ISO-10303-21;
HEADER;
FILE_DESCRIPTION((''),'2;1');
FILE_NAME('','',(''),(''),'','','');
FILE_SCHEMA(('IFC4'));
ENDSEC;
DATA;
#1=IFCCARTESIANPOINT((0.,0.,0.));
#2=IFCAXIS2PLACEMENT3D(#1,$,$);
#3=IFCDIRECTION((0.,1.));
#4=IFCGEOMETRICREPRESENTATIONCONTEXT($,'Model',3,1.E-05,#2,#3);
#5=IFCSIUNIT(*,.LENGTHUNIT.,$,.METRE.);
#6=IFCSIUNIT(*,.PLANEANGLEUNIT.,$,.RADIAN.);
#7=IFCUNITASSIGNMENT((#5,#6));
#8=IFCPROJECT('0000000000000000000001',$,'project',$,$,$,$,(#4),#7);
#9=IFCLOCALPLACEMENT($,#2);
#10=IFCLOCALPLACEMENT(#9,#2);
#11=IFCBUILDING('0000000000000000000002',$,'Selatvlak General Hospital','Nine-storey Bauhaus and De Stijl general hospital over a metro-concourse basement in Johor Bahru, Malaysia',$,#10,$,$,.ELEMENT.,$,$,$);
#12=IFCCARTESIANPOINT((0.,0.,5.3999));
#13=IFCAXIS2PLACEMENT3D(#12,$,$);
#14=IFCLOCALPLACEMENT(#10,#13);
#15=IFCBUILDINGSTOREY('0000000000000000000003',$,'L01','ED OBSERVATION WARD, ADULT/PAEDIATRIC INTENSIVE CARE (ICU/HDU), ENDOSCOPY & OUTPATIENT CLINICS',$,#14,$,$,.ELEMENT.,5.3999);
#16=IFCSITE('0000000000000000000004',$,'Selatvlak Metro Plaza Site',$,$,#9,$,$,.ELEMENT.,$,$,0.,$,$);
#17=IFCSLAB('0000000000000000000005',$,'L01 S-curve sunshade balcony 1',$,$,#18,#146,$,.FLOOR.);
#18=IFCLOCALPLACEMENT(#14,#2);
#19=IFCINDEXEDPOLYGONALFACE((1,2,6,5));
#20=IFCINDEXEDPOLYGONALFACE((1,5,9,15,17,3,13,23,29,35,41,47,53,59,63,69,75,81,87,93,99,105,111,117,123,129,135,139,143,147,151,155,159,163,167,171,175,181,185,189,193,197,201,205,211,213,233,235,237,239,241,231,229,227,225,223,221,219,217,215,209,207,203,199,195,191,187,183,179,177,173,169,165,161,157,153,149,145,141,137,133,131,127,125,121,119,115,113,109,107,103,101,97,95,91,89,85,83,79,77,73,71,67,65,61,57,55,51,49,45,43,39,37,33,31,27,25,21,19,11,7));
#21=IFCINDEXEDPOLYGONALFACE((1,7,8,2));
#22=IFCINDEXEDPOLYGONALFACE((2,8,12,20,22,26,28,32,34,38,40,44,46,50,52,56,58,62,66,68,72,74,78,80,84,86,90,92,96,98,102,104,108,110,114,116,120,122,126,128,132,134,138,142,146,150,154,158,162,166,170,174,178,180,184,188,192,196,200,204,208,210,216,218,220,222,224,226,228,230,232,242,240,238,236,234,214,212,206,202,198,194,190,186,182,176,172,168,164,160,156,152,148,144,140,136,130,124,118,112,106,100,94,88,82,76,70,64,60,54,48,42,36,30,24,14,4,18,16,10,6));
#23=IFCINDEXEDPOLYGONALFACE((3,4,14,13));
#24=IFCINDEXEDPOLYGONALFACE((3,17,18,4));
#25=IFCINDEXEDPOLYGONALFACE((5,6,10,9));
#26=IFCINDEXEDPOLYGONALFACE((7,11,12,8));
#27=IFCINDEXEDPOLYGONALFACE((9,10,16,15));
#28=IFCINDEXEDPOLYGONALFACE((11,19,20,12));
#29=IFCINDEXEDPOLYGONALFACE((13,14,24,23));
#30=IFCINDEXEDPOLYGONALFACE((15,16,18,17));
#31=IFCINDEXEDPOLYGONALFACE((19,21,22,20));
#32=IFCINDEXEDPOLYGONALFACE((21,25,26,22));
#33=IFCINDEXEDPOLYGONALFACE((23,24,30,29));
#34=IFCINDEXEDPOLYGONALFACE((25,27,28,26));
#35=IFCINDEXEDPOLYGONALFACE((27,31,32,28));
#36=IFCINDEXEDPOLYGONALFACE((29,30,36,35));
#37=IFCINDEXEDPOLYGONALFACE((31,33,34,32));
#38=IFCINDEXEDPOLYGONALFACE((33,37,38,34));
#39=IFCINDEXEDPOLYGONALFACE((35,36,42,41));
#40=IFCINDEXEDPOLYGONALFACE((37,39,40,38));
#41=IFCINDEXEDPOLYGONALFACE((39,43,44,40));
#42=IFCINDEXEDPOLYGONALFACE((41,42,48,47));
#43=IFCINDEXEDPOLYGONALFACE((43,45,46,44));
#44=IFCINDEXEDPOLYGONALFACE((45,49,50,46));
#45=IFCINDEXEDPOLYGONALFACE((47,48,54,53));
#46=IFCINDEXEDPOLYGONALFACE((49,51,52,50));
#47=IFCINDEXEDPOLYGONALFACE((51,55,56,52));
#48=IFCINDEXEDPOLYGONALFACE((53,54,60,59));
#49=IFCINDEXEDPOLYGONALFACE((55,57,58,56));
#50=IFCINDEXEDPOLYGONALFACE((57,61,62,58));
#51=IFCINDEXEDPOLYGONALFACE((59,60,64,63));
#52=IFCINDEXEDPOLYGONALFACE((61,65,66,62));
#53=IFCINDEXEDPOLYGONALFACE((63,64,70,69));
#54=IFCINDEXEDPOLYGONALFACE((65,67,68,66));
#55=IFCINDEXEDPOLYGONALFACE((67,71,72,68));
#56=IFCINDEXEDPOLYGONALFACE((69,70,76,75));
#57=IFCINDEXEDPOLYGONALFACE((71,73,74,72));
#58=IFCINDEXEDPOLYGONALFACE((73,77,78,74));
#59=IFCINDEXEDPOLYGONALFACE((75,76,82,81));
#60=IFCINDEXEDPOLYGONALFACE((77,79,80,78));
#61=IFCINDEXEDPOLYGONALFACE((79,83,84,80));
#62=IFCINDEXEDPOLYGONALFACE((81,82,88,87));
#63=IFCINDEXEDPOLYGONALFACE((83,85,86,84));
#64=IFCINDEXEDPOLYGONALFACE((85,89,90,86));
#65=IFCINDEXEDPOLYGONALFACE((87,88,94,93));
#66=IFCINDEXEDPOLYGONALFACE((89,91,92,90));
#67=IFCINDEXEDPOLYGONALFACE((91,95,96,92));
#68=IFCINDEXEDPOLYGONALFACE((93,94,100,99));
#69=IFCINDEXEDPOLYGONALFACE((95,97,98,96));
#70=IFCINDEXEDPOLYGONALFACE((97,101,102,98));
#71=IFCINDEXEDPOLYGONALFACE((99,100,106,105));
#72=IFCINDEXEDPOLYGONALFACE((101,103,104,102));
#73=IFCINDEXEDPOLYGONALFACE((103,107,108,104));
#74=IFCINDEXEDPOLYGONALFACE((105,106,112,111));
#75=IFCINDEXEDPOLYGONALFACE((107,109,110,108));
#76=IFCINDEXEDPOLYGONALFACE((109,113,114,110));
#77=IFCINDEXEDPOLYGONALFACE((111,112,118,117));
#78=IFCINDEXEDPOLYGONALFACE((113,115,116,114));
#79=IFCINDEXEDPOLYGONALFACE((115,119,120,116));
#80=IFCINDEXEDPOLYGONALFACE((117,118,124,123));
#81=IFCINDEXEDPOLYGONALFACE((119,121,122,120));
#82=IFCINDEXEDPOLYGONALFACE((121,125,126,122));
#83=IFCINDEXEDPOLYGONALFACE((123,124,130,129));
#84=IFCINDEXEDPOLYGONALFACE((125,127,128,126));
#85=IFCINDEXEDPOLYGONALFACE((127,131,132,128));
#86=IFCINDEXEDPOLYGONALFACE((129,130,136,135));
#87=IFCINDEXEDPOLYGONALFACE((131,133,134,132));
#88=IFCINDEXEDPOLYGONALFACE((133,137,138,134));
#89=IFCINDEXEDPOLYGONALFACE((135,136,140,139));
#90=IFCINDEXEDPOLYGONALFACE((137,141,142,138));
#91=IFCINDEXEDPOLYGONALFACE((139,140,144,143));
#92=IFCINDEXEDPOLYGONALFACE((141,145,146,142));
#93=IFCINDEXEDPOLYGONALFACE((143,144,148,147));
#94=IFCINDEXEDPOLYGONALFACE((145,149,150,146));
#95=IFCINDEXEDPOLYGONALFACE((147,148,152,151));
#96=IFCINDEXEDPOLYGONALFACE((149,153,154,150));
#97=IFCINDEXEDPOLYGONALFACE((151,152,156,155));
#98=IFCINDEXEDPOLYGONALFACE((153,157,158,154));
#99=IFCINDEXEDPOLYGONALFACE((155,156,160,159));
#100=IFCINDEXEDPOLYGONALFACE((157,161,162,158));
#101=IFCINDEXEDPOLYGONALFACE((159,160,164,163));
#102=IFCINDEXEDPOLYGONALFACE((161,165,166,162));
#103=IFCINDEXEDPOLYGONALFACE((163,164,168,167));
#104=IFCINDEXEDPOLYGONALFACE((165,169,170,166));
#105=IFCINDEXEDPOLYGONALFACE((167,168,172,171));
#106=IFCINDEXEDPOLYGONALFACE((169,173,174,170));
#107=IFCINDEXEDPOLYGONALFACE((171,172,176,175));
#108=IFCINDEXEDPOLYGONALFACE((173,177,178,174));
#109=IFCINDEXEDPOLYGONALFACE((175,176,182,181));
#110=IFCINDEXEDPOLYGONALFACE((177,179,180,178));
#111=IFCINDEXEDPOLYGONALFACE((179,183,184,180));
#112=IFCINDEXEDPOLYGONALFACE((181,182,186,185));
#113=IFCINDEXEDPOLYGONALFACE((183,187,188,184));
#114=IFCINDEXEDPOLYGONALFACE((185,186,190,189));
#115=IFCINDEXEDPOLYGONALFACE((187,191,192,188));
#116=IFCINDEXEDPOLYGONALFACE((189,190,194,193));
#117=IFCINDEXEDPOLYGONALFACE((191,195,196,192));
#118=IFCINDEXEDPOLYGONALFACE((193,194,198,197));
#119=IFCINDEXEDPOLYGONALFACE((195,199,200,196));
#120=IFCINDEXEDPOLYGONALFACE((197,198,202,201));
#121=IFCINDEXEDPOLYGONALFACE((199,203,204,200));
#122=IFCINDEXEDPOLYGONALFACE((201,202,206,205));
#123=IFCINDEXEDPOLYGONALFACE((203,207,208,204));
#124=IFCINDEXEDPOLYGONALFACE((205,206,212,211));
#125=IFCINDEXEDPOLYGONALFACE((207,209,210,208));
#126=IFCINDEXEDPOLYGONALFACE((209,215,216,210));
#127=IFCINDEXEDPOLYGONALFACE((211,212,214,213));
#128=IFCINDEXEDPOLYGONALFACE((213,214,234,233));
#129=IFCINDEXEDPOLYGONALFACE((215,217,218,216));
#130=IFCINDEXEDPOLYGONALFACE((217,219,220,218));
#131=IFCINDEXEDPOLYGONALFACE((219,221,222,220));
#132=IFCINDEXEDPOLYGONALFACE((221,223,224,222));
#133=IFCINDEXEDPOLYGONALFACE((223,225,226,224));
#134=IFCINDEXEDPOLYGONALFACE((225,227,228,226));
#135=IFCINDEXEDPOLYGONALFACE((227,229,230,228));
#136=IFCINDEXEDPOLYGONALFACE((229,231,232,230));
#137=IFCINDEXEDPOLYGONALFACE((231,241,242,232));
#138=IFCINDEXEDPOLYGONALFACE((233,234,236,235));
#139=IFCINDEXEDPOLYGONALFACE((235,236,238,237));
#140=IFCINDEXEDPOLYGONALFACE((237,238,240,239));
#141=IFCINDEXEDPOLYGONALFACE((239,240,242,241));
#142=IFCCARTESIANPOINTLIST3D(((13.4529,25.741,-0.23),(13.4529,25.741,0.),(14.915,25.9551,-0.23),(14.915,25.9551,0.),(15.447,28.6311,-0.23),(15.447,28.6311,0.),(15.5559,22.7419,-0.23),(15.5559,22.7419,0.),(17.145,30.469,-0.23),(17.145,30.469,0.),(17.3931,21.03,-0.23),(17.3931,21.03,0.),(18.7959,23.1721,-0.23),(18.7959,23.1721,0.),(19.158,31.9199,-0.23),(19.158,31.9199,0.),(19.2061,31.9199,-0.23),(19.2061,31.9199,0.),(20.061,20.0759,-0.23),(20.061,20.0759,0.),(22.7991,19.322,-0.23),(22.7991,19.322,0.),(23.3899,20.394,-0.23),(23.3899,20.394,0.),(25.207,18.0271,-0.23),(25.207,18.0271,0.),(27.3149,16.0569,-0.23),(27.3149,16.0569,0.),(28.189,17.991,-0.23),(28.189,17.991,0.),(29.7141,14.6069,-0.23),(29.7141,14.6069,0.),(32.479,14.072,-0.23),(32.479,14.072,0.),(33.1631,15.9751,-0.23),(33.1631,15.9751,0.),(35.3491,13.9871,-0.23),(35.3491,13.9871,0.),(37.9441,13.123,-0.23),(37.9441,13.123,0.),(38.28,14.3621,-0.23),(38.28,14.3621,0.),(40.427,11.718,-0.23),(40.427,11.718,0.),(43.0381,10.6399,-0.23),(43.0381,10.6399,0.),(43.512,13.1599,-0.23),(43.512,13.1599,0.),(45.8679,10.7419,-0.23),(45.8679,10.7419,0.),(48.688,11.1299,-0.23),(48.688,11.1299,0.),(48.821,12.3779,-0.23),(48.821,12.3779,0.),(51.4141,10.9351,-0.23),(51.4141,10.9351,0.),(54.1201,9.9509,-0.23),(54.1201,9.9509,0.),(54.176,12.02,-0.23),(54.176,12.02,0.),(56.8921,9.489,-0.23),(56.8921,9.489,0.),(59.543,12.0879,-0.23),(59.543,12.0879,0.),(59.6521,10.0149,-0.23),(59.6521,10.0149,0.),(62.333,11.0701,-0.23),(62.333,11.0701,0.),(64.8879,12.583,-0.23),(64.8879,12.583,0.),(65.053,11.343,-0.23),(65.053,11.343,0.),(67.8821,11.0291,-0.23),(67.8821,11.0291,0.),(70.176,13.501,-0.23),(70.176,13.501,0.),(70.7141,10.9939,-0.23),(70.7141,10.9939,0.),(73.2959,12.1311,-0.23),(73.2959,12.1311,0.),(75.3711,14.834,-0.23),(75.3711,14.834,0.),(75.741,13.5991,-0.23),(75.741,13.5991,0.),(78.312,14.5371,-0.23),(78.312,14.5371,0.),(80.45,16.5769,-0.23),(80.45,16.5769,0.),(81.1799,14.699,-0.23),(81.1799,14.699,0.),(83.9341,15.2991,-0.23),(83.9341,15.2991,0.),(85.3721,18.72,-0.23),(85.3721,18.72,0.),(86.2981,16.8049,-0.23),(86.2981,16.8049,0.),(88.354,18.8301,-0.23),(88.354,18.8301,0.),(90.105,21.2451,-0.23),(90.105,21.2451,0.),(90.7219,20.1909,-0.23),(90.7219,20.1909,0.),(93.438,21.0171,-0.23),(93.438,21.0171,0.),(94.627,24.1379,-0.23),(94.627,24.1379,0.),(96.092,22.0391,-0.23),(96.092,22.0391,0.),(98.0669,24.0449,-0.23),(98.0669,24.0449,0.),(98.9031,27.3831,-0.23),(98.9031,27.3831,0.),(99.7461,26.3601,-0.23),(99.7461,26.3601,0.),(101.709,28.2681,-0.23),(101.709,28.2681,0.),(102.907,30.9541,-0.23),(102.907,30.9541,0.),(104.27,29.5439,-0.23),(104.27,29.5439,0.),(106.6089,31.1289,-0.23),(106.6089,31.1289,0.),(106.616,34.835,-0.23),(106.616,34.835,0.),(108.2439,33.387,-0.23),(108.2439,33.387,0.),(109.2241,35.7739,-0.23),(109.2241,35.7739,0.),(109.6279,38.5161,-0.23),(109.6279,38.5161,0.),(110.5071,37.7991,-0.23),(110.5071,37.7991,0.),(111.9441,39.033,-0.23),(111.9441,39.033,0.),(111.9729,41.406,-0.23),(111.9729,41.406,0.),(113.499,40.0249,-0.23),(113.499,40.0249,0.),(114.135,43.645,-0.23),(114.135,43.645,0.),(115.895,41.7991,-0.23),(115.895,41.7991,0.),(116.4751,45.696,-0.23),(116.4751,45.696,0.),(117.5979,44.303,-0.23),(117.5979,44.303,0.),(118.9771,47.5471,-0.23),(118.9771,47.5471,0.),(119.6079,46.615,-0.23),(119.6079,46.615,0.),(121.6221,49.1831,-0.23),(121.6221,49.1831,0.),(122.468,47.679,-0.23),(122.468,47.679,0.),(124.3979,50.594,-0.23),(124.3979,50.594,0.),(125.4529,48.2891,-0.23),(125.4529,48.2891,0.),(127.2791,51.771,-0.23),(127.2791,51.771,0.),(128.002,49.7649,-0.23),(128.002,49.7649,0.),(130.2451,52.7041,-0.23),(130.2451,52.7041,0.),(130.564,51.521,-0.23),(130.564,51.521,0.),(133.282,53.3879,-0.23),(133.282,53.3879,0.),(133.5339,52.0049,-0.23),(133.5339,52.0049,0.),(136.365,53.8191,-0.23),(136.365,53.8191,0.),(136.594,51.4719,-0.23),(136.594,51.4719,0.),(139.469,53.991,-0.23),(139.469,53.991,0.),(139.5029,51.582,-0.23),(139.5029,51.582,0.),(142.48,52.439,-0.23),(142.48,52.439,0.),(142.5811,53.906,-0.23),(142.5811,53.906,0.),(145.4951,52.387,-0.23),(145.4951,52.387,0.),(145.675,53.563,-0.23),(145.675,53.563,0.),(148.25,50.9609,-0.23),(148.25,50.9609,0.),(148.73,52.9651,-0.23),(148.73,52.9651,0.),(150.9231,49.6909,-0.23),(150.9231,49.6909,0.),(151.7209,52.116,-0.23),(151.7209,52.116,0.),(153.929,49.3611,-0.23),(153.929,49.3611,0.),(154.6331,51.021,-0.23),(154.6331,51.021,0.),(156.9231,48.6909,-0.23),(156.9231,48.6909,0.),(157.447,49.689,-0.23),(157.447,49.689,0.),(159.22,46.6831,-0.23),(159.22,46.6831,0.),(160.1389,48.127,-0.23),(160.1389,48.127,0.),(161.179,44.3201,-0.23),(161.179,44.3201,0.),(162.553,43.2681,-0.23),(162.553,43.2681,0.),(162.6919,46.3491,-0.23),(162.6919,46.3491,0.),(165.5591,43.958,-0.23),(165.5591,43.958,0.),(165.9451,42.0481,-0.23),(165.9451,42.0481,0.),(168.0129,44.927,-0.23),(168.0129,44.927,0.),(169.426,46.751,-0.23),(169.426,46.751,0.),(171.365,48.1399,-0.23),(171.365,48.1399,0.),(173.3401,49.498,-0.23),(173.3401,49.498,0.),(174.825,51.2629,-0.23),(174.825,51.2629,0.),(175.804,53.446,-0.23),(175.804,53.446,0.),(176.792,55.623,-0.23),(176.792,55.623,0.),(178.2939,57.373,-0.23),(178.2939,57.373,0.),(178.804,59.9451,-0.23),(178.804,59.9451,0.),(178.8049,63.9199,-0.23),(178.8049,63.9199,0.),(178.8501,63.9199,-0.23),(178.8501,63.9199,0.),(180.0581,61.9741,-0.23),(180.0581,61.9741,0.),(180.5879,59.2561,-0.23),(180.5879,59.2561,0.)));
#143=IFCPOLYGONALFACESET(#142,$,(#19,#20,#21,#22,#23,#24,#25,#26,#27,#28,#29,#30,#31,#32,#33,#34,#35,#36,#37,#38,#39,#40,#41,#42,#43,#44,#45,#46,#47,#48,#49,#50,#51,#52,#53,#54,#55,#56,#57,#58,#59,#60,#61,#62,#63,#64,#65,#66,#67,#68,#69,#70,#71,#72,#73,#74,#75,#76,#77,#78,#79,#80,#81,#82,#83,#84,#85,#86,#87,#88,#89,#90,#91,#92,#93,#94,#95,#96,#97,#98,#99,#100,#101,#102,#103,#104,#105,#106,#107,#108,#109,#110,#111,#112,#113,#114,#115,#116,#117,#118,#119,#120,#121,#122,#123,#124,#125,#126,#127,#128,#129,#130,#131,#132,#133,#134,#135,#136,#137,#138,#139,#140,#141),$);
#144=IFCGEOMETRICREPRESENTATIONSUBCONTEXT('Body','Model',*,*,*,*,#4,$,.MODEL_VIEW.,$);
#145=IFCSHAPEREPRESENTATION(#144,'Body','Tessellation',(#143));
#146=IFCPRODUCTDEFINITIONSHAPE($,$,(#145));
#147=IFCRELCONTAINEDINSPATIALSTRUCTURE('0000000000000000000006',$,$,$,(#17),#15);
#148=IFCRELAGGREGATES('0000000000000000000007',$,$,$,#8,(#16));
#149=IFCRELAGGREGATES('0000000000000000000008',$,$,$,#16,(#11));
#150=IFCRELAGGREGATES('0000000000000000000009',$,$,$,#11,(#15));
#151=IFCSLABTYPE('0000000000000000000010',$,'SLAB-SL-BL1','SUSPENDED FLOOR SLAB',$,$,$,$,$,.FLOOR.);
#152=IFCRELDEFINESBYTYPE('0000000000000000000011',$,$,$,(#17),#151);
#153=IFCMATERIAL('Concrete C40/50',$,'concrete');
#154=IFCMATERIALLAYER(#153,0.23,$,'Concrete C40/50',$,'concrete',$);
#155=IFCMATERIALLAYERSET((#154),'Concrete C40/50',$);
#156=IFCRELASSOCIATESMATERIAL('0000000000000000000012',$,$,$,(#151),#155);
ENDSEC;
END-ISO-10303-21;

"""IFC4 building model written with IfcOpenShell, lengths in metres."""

from ifc_helpers import new_model, si_unit, direction, frame, origin, place, context, subcontext, project, spatial, polyline, outline, extrude, material, layer, layer_set, type_object, element, save


model = new_model("IFC4")

# Units and contexts
model_context = context("Model", 3, precision=1e-05, world=origin(), true_north=direction((0.0, 1.0)))
body_context = subcontext(model_context, "Body", "Model", "MODEL_VIEW")
ifc_project = project(units=[si_unit("LENGTHUNIT", "METRE"), si_unit("PLANEANGLEUNIT", "RADIAN")], contexts=[model_context])

# Site, building, storey
site_placement = place(None, origin())
site = spatial("IfcSite", under=ifc_project, at=site_placement, Name="Selatvlak Metro Plaza Site", CompositionType="ELEMENT", RefElevation=0.0)
building_placement = place(site_placement, origin())
building = spatial("IfcBuilding", under=site, at=building_placement, Name="Selatvlak General Hospital", Description="Nine-storey Bauhaus and De Stijl general hospital over a metro-concourse basement in Johor Bahru, Malaysia", CompositionType="ELEMENT")
storey_placement = place(building_placement, frame((0.0, 0.0, 5.3999)))
storey = spatial("IfcBuildingStorey", under=building, at=storey_placement, Name="L01", Description="ED OBSERVATION WARD, ADULT/PAEDIATRIC INTENSIVE CARE (ICU/HDU), ENDOSCOPY & OUTPATIENT CLINICS", CompositionType="ELEMENT", Elevation=5.3999)

# Shared definitions
ifc_material_1 = material(Name="Concrete C40/50", Category="concrete")

# Slab
ifc_layer_1 = layer(ifc_material_1, 0.23, Name="Concrete C40/50", Category="concrete")
ifc_layer_set_1 = layer_set([ifc_layer_1], Name="Concrete C40/50")
slab_type_1 = type_object("IfcSlabType", Name="SLAB-SL-BL1", Description="SUSPENDED FLOOR SLAB", PredefinedType="FLOOR", material=ifc_layer_set_1)
slab_1_placement = place(storey_placement, frame((0.0, 0.0, -0.23)))
element("IfcSlab", 1, at=slab_1_placement, inside=storey, type_object=slab_type_1, Name="L01 S-curve sunshade balcony 1", PredefinedType="FLOOR", context=body_context, shape_type="SweptSolid", body=[
    extrude(outline(polyline([(176.792, 55.623), (175.804, 53.446), (174.825, 51.2629), (173.3401, 49.498), (171.365, 48.1399), (169.426, 46.751), (168.0129, 44.927), (165.9451, 42.0481), (162.553, 43.2681), (161.179, 44.3201), (159.22, 46.6831), (156.9231, 48.6909), (153.929, 49.3611), (150.9231, 49.6909), (148.25, 50.9609), (145.4951, 52.387), (142.48, 52.439), (139.5029, 51.582), (136.594, 51.4719), (133.5339, 52.0049), (130.564, 51.521), (128.002, 49.7649), (125.4529, 48.2891), (122.468, 47.679), (119.6079, 46.615), (117.5979, 44.303), (115.895, 41.7991), (113.499, 40.0249), (111.9441, 39.033), (110.5071, 37.7991), (109.2241, 35.7739), (108.2439, 33.387), (106.6089, 31.1289), (104.27, 29.5439), (101.709, 28.2681), (99.7461, 26.3601), (98.0669, 24.0449), (96.092, 22.0391), (93.438, 21.0171), (90.7219, 20.1909), (88.354, 18.8301), (86.2981, 16.8049), (83.9341, 15.2991), (81.1799, 14.699), (78.312, 14.5371), (75.741, 13.5991), (73.2959, 12.1311), (70.7141, 10.9939), (67.8821, 11.0291), (65.053, 11.343), (62.333, 11.0701), (59.6521, 10.0149), (56.8921, 9.489), (54.1201, 9.9509), (51.4141, 10.9351), (48.688, 11.1299), (45.8679, 10.7419), (43.0381, 10.6399), (40.427, 11.718), (37.9441, 13.123), (35.3491, 13.9871), (32.479, 14.072), (29.7141, 14.6069), (27.3149, 16.0569), (25.207, 18.0271), (22.7991, 19.322), (20.061, 20.0759), (17.3931, 21.03), (15.5559, 22.7419), (13.4529, 25.741), (15.447, 28.6311), (17.145, 30.469), (19.158, 31.9199), (19.2061, 31.9199), (14.915, 25.9551), (18.7959, 23.1721), (23.3899, 20.394), (28.189, 17.991), (33.1631, 15.9751), (38.28, 14.3621), (43.512, 13.1599), (48.821, 12.3779), (54.176, 12.02), (59.543, 12.0879), (64.8879, 12.583), (70.176, 13.501), (75.3711, 14.834), (80.45, 16.5769), (85.3721, 18.72), (90.105, 21.2451), (94.627, 24.1379), (98.9031, 27.3831), (102.907, 30.9541), (106.616, 34.835), (109.6279, 38.5161), (111.9729, 41.406), (114.135, 43.645), (116.4751, 45.696), (118.9771, 47.5471), (121.6221, 49.1831), (124.3979, 50.594), (127.2791, 51.771), (130.2451, 52.7041), (133.282, 53.3879), (136.365, 53.8191), (139.469, 53.991), (142.5811, 53.906), (145.675, 53.563), (148.73, 52.9651), (151.7209, 52.116), (154.6331, 51.021), (157.447, 49.689), (160.1389, 48.127), (162.6919, 46.3491), (165.5591, 43.958), (178.804, 59.9451), (178.8049, 63.9199), (178.8501, 63.9199), (180.0581, 61.9741), (180.5879, 59.2561), (178.2939, 57.373), (176.792, 55.623)])), origin(), (0.0, 0.0, 1.0), 0.23),
])

save(model, "model.ifc")
